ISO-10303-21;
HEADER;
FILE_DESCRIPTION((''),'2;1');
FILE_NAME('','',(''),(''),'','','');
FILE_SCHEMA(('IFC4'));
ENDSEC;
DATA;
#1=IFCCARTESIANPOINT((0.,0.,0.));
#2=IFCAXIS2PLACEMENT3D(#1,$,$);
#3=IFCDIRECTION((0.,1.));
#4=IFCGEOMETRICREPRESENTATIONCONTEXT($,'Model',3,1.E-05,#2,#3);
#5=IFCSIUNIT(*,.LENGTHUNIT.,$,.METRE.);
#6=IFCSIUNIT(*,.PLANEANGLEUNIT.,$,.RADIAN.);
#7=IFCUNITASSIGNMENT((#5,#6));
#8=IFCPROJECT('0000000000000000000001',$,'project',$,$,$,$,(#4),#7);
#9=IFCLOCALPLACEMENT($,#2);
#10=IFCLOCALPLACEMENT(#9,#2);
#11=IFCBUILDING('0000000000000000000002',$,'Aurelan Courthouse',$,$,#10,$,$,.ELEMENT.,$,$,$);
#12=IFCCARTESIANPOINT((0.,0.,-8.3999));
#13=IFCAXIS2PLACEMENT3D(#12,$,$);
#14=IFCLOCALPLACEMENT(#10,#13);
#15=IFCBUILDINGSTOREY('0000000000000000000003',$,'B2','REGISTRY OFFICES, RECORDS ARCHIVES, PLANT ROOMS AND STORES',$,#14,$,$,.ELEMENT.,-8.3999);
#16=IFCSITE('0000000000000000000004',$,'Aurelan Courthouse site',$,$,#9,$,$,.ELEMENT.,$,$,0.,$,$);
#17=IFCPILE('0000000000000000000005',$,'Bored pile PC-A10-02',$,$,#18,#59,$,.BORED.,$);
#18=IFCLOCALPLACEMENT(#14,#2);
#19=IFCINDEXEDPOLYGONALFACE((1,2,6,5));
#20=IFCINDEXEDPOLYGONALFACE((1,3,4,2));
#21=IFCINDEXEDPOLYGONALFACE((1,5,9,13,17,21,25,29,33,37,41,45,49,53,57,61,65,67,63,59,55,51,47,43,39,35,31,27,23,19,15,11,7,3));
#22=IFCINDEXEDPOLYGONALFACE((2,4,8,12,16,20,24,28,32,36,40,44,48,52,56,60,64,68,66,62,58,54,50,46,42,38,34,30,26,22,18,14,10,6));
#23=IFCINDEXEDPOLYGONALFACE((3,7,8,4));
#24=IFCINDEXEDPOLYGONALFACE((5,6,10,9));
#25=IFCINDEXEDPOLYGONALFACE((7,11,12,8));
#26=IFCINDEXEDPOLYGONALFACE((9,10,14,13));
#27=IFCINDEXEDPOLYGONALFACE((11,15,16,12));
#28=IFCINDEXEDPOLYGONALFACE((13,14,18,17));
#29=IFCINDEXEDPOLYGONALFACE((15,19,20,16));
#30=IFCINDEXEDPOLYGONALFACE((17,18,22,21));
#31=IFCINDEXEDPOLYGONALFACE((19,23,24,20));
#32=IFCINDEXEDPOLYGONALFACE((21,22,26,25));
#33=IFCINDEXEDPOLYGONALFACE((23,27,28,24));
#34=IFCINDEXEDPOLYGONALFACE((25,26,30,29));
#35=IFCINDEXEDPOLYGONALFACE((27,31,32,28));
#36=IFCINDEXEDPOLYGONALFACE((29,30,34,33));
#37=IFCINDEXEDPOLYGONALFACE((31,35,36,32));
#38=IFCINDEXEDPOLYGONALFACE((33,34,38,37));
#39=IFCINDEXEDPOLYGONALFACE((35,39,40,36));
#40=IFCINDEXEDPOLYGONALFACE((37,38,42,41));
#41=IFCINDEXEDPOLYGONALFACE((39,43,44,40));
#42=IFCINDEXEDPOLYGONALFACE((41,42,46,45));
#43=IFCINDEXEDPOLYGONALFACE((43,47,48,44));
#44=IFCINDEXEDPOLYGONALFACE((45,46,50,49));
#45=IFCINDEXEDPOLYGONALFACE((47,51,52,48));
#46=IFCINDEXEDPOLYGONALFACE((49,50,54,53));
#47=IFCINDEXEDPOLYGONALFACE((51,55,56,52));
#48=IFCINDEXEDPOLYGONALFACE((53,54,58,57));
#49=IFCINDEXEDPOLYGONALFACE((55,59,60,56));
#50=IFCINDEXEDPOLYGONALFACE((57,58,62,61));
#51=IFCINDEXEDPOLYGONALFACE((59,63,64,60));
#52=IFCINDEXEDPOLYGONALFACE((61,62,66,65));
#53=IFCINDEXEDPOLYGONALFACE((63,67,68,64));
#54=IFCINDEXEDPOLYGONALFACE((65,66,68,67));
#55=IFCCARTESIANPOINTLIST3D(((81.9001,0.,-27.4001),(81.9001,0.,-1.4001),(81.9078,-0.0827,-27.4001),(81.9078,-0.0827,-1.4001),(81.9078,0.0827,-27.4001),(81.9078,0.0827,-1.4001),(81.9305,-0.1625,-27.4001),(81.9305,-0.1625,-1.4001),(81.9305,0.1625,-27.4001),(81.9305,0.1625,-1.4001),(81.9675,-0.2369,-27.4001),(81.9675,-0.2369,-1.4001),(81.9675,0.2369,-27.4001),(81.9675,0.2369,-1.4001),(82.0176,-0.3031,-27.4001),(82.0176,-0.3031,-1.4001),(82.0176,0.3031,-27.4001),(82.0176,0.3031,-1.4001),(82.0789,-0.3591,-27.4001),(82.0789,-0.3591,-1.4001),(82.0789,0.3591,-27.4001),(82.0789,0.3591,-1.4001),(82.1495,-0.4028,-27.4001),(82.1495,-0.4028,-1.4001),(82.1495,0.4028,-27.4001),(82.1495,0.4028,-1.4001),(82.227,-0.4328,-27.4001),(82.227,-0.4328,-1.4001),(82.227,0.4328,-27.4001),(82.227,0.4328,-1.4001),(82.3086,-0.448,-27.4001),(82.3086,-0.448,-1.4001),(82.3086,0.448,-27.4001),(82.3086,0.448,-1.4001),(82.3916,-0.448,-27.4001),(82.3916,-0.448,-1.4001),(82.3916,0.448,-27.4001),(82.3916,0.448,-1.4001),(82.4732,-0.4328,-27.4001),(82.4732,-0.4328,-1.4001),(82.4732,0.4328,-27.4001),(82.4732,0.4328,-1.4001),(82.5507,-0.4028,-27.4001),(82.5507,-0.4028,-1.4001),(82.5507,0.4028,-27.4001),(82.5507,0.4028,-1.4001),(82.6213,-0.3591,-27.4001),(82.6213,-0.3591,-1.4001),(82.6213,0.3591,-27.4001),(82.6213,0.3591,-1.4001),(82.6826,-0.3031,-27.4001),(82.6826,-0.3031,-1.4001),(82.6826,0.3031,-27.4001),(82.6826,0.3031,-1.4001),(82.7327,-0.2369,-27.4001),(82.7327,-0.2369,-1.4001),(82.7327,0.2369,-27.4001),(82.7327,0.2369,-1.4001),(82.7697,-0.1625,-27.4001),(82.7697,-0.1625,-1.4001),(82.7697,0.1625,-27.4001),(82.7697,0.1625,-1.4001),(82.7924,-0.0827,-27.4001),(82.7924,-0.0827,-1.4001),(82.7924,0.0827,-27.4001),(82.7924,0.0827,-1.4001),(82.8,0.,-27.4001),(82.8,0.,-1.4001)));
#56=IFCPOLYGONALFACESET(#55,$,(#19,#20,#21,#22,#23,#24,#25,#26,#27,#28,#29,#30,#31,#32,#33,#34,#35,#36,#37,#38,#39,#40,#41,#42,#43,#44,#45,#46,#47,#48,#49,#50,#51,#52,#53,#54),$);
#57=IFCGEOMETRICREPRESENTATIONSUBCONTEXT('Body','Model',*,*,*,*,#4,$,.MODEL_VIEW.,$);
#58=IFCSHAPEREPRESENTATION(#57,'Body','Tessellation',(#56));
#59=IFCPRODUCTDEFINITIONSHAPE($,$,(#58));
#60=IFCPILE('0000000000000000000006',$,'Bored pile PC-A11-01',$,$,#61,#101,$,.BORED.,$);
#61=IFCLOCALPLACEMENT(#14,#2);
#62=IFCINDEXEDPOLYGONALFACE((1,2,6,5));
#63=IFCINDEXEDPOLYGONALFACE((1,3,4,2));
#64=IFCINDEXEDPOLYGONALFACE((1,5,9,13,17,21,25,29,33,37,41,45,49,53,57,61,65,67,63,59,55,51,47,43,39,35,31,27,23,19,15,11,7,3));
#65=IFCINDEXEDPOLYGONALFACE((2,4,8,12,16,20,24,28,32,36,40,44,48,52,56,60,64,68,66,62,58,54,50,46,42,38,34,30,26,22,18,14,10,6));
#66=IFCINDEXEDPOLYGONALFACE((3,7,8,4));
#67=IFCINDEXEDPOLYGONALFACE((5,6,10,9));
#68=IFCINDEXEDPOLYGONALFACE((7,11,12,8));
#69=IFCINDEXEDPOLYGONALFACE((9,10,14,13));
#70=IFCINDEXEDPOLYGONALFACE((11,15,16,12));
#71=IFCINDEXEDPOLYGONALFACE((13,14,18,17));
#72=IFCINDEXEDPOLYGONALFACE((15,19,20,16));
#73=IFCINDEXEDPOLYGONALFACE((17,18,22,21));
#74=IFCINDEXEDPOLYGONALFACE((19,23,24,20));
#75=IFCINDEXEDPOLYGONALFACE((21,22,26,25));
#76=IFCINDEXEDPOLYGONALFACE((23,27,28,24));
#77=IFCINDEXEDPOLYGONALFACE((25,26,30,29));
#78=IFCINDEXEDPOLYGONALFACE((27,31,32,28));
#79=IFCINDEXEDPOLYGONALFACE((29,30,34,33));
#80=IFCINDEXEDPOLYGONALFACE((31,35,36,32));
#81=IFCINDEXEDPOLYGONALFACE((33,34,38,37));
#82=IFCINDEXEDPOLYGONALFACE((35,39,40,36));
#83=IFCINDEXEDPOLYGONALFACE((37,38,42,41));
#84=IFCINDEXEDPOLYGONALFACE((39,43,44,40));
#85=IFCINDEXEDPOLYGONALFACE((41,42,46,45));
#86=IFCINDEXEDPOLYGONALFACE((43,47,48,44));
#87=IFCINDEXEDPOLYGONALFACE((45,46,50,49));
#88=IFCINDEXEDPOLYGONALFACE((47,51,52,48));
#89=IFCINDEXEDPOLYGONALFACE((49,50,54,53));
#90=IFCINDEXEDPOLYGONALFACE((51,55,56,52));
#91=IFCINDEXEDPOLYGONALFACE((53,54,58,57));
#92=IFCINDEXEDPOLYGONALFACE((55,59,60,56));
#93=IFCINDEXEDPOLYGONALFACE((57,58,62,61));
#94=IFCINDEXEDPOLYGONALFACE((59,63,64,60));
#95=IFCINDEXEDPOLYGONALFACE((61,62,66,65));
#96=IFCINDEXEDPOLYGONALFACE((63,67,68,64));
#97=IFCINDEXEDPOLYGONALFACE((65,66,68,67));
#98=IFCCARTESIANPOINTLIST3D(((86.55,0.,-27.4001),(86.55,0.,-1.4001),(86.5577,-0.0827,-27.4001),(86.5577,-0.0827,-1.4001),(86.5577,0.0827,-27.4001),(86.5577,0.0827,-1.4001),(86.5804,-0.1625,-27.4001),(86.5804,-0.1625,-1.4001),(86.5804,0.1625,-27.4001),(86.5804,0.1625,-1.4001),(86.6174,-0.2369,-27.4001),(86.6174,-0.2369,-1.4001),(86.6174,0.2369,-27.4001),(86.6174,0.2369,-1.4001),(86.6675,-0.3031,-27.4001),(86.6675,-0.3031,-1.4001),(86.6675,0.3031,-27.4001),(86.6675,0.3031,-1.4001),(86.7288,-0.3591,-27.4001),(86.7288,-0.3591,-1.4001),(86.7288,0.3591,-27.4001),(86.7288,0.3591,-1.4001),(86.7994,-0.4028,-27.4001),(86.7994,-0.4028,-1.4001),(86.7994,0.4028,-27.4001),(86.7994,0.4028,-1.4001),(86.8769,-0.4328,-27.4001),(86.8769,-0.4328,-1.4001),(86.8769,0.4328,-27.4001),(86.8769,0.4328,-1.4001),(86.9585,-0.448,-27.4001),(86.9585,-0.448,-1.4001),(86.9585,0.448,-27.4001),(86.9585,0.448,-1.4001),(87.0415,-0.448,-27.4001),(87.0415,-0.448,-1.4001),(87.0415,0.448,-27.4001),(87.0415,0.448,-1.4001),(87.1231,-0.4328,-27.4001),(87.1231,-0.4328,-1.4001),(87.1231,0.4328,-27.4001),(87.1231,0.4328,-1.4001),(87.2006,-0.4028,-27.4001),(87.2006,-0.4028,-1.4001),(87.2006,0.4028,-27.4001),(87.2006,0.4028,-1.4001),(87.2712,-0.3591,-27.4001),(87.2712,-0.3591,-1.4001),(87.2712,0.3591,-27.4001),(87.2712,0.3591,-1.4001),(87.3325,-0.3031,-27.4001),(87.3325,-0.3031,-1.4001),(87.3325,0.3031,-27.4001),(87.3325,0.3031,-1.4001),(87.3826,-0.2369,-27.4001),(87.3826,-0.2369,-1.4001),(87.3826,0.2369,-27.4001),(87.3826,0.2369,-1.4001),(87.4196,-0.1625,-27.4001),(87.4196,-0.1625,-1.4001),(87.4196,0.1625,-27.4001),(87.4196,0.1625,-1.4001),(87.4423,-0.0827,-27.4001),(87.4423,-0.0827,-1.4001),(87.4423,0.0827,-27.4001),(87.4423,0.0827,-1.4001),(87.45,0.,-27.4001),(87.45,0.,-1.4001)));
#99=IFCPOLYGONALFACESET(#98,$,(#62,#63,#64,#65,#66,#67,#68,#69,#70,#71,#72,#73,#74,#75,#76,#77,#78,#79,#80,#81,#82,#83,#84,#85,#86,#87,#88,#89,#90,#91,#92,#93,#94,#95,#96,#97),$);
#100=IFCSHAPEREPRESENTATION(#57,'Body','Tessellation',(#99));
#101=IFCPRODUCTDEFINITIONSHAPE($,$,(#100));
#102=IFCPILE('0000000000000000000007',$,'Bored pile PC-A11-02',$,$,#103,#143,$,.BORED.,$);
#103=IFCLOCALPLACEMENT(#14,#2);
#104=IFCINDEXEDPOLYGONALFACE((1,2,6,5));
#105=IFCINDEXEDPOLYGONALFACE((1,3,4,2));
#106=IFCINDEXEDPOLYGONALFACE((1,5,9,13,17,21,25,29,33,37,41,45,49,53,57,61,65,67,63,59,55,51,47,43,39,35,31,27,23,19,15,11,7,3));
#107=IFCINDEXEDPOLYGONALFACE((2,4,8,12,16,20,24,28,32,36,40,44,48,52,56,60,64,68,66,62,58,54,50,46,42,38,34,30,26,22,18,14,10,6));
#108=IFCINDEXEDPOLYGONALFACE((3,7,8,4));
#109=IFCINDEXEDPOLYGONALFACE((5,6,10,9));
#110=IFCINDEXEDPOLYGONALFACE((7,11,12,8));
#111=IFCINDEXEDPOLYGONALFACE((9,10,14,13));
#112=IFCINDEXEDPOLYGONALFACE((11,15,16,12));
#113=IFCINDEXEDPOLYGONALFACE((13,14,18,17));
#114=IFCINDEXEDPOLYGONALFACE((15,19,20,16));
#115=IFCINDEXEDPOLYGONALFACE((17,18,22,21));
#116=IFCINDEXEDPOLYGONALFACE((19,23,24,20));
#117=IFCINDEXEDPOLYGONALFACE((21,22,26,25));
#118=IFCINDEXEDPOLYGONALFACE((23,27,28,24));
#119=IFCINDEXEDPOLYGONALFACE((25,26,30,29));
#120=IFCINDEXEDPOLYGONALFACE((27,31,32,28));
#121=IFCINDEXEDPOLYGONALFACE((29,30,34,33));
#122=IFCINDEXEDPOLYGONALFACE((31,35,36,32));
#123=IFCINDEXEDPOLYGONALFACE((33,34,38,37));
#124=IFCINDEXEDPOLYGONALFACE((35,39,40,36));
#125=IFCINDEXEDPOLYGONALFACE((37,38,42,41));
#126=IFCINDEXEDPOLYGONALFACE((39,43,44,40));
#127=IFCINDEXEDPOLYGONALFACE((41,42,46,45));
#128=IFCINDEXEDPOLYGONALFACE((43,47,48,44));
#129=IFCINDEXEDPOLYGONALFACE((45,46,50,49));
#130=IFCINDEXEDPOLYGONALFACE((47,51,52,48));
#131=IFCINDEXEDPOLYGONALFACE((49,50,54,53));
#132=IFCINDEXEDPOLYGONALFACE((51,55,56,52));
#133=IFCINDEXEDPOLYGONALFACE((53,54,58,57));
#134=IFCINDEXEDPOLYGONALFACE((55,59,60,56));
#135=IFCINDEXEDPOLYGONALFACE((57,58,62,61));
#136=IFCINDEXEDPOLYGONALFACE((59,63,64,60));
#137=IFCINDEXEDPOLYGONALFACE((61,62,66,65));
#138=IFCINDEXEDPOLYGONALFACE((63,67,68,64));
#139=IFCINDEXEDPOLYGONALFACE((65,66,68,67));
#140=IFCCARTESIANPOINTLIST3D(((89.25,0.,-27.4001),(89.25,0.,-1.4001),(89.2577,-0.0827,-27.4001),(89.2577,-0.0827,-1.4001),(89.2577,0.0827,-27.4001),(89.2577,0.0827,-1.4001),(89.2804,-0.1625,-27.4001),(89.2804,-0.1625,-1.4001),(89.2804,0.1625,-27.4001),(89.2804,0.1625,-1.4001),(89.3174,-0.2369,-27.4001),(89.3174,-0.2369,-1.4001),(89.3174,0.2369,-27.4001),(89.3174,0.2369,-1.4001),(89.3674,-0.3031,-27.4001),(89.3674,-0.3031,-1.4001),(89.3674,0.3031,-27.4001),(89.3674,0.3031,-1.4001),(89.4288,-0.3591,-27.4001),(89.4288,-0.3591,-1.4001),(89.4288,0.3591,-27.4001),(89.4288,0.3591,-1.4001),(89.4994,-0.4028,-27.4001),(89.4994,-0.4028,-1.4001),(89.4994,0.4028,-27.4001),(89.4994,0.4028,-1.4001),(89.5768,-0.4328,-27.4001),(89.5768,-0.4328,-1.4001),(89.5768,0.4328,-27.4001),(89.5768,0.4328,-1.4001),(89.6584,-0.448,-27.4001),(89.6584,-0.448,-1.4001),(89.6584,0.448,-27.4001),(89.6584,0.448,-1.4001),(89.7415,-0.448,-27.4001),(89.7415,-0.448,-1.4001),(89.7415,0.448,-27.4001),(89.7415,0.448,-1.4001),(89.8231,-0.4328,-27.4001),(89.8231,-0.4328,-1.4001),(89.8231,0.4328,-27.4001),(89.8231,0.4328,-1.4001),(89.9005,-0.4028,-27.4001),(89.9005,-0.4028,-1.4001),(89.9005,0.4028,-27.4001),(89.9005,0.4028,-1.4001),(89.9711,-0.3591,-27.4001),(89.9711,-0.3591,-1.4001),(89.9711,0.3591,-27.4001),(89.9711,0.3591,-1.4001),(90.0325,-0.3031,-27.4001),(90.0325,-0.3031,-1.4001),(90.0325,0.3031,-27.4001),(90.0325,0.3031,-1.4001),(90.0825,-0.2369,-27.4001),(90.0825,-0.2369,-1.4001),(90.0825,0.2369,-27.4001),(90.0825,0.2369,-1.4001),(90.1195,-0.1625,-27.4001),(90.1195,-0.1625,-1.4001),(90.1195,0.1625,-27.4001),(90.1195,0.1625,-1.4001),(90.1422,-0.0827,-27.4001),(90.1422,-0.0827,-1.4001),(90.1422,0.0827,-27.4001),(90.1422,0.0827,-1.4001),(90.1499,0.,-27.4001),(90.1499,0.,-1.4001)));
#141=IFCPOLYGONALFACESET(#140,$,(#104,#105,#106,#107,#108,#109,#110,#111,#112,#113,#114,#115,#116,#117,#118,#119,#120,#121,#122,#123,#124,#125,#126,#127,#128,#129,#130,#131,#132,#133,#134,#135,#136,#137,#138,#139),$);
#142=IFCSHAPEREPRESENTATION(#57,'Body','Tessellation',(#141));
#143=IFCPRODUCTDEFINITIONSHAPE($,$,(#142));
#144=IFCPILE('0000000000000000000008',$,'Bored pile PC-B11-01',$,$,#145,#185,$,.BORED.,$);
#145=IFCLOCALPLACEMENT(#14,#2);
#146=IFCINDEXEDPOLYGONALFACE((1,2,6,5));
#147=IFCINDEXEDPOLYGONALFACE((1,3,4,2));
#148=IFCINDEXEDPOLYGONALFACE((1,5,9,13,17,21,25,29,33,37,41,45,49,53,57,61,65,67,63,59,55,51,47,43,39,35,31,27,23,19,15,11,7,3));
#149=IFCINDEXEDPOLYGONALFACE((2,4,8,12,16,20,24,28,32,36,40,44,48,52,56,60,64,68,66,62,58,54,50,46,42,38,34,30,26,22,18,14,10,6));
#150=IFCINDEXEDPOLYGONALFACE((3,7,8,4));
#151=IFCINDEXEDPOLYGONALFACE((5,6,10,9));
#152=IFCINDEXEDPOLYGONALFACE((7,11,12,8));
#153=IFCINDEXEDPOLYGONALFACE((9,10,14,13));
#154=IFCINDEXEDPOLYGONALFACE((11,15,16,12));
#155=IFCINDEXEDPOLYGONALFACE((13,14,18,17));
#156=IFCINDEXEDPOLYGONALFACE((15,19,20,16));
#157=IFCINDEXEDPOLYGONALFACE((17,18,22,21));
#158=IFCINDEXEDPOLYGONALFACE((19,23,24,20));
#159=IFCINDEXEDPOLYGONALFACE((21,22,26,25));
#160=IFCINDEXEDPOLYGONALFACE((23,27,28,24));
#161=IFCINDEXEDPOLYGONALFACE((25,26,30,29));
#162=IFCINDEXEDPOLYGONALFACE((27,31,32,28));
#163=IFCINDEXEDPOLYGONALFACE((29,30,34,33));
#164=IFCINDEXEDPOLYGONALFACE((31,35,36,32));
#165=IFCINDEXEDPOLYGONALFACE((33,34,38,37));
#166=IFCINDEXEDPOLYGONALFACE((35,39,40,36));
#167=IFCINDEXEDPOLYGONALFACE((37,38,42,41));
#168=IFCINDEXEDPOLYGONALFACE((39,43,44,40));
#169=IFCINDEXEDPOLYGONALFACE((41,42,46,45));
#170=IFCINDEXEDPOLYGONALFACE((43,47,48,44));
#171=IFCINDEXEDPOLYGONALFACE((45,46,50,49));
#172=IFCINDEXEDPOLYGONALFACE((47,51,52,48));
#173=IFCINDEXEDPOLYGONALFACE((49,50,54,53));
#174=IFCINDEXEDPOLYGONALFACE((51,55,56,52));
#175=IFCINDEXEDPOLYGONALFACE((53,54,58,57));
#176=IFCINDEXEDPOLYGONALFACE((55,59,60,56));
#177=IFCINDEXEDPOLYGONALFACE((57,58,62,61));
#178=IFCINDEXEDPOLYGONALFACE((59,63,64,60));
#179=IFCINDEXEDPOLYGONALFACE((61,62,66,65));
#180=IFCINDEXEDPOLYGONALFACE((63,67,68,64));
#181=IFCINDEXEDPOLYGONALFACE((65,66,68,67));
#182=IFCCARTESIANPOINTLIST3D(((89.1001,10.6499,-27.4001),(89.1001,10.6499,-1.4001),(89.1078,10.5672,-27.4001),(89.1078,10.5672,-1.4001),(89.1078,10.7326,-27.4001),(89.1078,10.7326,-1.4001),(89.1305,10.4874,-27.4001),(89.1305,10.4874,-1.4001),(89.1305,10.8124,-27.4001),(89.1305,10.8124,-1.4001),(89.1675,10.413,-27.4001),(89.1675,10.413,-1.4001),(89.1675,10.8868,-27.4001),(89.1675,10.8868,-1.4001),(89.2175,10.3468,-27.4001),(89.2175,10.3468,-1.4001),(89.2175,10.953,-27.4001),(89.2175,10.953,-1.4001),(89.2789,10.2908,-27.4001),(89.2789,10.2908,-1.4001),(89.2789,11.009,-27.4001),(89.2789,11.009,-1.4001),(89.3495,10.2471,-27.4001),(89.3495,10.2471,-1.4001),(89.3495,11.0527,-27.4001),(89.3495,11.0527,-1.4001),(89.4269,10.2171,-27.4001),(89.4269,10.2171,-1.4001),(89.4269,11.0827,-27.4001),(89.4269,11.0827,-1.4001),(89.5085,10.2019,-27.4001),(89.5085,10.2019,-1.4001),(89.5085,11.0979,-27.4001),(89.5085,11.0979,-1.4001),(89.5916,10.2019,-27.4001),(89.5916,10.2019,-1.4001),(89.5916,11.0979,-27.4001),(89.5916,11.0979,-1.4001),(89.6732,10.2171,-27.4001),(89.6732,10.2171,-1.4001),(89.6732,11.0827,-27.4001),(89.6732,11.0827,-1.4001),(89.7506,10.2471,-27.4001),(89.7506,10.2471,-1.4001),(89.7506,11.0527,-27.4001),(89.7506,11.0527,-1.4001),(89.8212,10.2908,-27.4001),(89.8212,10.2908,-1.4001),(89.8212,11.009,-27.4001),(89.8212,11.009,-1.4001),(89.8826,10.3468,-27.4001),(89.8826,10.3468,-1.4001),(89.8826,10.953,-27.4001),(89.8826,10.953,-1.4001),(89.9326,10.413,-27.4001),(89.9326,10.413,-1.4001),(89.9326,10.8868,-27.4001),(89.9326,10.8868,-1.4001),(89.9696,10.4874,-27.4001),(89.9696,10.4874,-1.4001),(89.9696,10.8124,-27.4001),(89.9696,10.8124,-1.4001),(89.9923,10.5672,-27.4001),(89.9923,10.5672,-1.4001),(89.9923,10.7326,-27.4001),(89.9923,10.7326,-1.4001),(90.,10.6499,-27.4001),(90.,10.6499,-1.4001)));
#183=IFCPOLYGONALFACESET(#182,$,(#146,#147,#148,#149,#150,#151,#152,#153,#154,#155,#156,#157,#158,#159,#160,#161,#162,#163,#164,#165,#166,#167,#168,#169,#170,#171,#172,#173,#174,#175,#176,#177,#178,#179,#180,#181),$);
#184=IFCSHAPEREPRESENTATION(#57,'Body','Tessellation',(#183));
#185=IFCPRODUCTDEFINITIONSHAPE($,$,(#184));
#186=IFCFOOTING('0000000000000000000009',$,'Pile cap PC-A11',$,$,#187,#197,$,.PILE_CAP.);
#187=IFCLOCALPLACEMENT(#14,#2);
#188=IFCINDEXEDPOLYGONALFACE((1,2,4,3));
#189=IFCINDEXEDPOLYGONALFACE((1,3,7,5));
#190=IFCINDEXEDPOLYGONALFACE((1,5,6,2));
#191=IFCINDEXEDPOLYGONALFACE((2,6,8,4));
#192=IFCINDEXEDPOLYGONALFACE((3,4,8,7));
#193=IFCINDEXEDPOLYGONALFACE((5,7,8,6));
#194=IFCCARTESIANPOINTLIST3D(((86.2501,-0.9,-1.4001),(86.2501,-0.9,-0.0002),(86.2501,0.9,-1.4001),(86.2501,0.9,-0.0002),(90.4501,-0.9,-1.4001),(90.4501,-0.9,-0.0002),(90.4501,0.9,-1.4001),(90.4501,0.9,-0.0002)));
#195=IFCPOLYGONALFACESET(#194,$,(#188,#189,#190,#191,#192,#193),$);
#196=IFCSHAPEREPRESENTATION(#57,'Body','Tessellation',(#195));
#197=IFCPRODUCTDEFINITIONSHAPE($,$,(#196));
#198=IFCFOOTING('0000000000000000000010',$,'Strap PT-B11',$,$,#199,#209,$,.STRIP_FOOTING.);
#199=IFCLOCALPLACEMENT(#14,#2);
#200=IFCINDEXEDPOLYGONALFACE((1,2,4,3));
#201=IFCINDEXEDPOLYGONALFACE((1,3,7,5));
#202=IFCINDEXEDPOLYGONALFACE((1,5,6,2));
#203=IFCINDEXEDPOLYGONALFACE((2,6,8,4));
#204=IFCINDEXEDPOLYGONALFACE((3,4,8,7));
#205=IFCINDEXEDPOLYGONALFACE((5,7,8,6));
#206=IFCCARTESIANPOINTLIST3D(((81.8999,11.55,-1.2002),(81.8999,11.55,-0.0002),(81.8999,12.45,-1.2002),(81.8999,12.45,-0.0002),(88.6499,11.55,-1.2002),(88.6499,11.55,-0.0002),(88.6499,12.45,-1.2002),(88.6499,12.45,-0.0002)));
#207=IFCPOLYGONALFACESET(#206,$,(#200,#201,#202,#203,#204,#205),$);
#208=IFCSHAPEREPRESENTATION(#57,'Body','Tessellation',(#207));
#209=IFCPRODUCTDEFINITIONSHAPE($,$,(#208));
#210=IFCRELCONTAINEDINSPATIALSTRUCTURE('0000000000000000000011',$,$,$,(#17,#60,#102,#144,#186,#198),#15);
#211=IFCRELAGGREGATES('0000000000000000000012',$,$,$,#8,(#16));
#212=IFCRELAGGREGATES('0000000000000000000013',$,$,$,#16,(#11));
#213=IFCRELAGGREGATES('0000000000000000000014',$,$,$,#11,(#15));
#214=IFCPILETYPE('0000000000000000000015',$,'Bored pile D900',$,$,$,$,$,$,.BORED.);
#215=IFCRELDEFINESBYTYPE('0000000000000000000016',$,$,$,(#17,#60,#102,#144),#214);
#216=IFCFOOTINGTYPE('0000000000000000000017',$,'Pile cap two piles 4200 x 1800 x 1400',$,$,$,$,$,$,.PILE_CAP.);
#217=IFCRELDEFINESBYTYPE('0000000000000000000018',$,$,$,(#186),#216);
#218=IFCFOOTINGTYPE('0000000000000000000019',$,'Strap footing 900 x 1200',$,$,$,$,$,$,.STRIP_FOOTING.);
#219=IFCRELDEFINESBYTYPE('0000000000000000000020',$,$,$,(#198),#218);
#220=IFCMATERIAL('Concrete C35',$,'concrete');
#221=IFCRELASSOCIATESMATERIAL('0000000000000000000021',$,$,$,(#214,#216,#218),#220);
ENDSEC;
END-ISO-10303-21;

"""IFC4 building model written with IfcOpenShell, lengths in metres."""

from ifc_helpers import new_model, si_unit, direction, frame, origin, origin_2d, place, context, subcontext, project, spatial, rectangle, circle, extrude, material, material_profile, profile_set, type_object, element, save


model = new_model("IFC4")

# Units and contexts
model_context = context("Model", 3, precision=1e-05, world=origin(), true_north=direction((0.0, 1.0)))
body_context = subcontext(model_context, "Body", "Model", "MODEL_VIEW")
ifc_project = project(units=[si_unit("LENGTHUNIT", "METRE"), si_unit("PLANEANGLEUNIT", "RADIAN")], contexts=[model_context])

# Site, building, storey
site_placement = place(None, origin())
site = spatial("IfcSite", under=ifc_project, at=site_placement, Name="Aurelan Courthouse site", CompositionType="ELEMENT", RefElevation=0.0)
building_placement = place(site_placement, origin())
building = spatial("IfcBuilding", under=site, at=building_placement, Name="Aurelan Courthouse", CompositionType="ELEMENT")
storey_placement = place(building_placement, frame((0.0, 0.0, -8.3999)))
storey = spatial("IfcBuildingStorey", under=building, at=storey_placement, Name="B2", Description="REGISTRY OFFICES, RECORDS ARCHIVES, PLANT ROOMS AND STORES", CompositionType="ELEMENT", Elevation=-8.3999)

# Piles
ifc_material_1 = material(Name="Concrete C35", Category="concrete")
ifc_material_profile_1 = material_profile(ifc_material_1, circle(Radius=0.45, at=origin_2d()), Name="D900")
ifc_profile_set_1 = profile_set([ifc_material_profile_1], Name="Concrete C35")
pile_type = type_object("IfcPileType", Name="Bored pile D900", PredefinedType="BORED", material=ifc_profile_set_1)
for number, where, z_axis, x_axis, name in (
    (1, (82.3501, 0.0, -1.4001), (0.0, 0.0, -1.0), (1.0, 0.0, 0.0), "Bored pile PC-A10-02"),
    (2, (87.0, 0.0, -1.4001), (0.0, 0.0, -1.0), (1.0, 0.0, 0.0), "Bored pile PC-A11-01"),
    (3, (89.7, 0.0, -1.4001), (0.0, 0.0, -1.0), (1.0, 0.0, 0.0), "Bored pile PC-A11-02"),
    (4, (89.55, 10.6499, -1.4001), (0.0, 0.0, -1.0), (1.0, 0.0, 0.0), "Bored pile PC-B11-01"),
):
    element("IfcPile", number, at=place(storey_placement, frame(where, z_axis=z_axis, x_axis=x_axis)), inside=storey, type_object=pile_type, Name=name, PredefinedType="BORED", context=body_context, shape_type="SweptSolid", body=[
        extrude(circle(Radius=0.45, at=origin_2d()), origin(), (0.0, 0.0, 1.0), 26.0),
    ])

# Footings
footing_type_1 = type_object("IfcFootingType", Name="Pile cap two piles 4200 x 1800 x 1400", PredefinedType="PILE_CAP", material=ifc_material_1)
footing_1_placement = place(storey_placement, frame((88.3501, 0.0, -1.4001), z_axis=(0.0, 0.0, 1.0), x_axis=(1.0, 0.0, 0.0)))
element("IfcFooting", 5, at=footing_1_placement, inside=storey, type_object=footing_type_1, Name="Pile cap PC-A11", PredefinedType="PILE_CAP", context=body_context, shape_type="SweptSolid", body=[
    extrude(rectangle(XDim=4.2, YDim=1.8, at=origin_2d()), origin(), (0.0, 0.0, 1.0), 1.3999),
])
footing_type_2 = type_object("IfcFootingType", Name="Strap footing 900 x 1200", PredefinedType="STRIP_FOOTING", material=ifc_material_1)
footing_2_placement = place(storey_placement, frame((85.2749, 12.0, -1.2002), z_axis=(0.0, 0.0, 1.0), x_axis=(1.0, 0.0, 0.0)))
element("IfcFooting", 6, at=footing_2_placement, inside=storey, type_object=footing_type_2, Name="Strap PT-B11", PredefinedType="STRIP_FOOTING", context=body_context, shape_type="SweptSolid", body=[
    extrude(rectangle(XDim=6.75, YDim=0.8999, at=origin_2d()), origin(), (0.0, 0.0, 1.0), 1.2),
])

save(model, "model.ifc")
